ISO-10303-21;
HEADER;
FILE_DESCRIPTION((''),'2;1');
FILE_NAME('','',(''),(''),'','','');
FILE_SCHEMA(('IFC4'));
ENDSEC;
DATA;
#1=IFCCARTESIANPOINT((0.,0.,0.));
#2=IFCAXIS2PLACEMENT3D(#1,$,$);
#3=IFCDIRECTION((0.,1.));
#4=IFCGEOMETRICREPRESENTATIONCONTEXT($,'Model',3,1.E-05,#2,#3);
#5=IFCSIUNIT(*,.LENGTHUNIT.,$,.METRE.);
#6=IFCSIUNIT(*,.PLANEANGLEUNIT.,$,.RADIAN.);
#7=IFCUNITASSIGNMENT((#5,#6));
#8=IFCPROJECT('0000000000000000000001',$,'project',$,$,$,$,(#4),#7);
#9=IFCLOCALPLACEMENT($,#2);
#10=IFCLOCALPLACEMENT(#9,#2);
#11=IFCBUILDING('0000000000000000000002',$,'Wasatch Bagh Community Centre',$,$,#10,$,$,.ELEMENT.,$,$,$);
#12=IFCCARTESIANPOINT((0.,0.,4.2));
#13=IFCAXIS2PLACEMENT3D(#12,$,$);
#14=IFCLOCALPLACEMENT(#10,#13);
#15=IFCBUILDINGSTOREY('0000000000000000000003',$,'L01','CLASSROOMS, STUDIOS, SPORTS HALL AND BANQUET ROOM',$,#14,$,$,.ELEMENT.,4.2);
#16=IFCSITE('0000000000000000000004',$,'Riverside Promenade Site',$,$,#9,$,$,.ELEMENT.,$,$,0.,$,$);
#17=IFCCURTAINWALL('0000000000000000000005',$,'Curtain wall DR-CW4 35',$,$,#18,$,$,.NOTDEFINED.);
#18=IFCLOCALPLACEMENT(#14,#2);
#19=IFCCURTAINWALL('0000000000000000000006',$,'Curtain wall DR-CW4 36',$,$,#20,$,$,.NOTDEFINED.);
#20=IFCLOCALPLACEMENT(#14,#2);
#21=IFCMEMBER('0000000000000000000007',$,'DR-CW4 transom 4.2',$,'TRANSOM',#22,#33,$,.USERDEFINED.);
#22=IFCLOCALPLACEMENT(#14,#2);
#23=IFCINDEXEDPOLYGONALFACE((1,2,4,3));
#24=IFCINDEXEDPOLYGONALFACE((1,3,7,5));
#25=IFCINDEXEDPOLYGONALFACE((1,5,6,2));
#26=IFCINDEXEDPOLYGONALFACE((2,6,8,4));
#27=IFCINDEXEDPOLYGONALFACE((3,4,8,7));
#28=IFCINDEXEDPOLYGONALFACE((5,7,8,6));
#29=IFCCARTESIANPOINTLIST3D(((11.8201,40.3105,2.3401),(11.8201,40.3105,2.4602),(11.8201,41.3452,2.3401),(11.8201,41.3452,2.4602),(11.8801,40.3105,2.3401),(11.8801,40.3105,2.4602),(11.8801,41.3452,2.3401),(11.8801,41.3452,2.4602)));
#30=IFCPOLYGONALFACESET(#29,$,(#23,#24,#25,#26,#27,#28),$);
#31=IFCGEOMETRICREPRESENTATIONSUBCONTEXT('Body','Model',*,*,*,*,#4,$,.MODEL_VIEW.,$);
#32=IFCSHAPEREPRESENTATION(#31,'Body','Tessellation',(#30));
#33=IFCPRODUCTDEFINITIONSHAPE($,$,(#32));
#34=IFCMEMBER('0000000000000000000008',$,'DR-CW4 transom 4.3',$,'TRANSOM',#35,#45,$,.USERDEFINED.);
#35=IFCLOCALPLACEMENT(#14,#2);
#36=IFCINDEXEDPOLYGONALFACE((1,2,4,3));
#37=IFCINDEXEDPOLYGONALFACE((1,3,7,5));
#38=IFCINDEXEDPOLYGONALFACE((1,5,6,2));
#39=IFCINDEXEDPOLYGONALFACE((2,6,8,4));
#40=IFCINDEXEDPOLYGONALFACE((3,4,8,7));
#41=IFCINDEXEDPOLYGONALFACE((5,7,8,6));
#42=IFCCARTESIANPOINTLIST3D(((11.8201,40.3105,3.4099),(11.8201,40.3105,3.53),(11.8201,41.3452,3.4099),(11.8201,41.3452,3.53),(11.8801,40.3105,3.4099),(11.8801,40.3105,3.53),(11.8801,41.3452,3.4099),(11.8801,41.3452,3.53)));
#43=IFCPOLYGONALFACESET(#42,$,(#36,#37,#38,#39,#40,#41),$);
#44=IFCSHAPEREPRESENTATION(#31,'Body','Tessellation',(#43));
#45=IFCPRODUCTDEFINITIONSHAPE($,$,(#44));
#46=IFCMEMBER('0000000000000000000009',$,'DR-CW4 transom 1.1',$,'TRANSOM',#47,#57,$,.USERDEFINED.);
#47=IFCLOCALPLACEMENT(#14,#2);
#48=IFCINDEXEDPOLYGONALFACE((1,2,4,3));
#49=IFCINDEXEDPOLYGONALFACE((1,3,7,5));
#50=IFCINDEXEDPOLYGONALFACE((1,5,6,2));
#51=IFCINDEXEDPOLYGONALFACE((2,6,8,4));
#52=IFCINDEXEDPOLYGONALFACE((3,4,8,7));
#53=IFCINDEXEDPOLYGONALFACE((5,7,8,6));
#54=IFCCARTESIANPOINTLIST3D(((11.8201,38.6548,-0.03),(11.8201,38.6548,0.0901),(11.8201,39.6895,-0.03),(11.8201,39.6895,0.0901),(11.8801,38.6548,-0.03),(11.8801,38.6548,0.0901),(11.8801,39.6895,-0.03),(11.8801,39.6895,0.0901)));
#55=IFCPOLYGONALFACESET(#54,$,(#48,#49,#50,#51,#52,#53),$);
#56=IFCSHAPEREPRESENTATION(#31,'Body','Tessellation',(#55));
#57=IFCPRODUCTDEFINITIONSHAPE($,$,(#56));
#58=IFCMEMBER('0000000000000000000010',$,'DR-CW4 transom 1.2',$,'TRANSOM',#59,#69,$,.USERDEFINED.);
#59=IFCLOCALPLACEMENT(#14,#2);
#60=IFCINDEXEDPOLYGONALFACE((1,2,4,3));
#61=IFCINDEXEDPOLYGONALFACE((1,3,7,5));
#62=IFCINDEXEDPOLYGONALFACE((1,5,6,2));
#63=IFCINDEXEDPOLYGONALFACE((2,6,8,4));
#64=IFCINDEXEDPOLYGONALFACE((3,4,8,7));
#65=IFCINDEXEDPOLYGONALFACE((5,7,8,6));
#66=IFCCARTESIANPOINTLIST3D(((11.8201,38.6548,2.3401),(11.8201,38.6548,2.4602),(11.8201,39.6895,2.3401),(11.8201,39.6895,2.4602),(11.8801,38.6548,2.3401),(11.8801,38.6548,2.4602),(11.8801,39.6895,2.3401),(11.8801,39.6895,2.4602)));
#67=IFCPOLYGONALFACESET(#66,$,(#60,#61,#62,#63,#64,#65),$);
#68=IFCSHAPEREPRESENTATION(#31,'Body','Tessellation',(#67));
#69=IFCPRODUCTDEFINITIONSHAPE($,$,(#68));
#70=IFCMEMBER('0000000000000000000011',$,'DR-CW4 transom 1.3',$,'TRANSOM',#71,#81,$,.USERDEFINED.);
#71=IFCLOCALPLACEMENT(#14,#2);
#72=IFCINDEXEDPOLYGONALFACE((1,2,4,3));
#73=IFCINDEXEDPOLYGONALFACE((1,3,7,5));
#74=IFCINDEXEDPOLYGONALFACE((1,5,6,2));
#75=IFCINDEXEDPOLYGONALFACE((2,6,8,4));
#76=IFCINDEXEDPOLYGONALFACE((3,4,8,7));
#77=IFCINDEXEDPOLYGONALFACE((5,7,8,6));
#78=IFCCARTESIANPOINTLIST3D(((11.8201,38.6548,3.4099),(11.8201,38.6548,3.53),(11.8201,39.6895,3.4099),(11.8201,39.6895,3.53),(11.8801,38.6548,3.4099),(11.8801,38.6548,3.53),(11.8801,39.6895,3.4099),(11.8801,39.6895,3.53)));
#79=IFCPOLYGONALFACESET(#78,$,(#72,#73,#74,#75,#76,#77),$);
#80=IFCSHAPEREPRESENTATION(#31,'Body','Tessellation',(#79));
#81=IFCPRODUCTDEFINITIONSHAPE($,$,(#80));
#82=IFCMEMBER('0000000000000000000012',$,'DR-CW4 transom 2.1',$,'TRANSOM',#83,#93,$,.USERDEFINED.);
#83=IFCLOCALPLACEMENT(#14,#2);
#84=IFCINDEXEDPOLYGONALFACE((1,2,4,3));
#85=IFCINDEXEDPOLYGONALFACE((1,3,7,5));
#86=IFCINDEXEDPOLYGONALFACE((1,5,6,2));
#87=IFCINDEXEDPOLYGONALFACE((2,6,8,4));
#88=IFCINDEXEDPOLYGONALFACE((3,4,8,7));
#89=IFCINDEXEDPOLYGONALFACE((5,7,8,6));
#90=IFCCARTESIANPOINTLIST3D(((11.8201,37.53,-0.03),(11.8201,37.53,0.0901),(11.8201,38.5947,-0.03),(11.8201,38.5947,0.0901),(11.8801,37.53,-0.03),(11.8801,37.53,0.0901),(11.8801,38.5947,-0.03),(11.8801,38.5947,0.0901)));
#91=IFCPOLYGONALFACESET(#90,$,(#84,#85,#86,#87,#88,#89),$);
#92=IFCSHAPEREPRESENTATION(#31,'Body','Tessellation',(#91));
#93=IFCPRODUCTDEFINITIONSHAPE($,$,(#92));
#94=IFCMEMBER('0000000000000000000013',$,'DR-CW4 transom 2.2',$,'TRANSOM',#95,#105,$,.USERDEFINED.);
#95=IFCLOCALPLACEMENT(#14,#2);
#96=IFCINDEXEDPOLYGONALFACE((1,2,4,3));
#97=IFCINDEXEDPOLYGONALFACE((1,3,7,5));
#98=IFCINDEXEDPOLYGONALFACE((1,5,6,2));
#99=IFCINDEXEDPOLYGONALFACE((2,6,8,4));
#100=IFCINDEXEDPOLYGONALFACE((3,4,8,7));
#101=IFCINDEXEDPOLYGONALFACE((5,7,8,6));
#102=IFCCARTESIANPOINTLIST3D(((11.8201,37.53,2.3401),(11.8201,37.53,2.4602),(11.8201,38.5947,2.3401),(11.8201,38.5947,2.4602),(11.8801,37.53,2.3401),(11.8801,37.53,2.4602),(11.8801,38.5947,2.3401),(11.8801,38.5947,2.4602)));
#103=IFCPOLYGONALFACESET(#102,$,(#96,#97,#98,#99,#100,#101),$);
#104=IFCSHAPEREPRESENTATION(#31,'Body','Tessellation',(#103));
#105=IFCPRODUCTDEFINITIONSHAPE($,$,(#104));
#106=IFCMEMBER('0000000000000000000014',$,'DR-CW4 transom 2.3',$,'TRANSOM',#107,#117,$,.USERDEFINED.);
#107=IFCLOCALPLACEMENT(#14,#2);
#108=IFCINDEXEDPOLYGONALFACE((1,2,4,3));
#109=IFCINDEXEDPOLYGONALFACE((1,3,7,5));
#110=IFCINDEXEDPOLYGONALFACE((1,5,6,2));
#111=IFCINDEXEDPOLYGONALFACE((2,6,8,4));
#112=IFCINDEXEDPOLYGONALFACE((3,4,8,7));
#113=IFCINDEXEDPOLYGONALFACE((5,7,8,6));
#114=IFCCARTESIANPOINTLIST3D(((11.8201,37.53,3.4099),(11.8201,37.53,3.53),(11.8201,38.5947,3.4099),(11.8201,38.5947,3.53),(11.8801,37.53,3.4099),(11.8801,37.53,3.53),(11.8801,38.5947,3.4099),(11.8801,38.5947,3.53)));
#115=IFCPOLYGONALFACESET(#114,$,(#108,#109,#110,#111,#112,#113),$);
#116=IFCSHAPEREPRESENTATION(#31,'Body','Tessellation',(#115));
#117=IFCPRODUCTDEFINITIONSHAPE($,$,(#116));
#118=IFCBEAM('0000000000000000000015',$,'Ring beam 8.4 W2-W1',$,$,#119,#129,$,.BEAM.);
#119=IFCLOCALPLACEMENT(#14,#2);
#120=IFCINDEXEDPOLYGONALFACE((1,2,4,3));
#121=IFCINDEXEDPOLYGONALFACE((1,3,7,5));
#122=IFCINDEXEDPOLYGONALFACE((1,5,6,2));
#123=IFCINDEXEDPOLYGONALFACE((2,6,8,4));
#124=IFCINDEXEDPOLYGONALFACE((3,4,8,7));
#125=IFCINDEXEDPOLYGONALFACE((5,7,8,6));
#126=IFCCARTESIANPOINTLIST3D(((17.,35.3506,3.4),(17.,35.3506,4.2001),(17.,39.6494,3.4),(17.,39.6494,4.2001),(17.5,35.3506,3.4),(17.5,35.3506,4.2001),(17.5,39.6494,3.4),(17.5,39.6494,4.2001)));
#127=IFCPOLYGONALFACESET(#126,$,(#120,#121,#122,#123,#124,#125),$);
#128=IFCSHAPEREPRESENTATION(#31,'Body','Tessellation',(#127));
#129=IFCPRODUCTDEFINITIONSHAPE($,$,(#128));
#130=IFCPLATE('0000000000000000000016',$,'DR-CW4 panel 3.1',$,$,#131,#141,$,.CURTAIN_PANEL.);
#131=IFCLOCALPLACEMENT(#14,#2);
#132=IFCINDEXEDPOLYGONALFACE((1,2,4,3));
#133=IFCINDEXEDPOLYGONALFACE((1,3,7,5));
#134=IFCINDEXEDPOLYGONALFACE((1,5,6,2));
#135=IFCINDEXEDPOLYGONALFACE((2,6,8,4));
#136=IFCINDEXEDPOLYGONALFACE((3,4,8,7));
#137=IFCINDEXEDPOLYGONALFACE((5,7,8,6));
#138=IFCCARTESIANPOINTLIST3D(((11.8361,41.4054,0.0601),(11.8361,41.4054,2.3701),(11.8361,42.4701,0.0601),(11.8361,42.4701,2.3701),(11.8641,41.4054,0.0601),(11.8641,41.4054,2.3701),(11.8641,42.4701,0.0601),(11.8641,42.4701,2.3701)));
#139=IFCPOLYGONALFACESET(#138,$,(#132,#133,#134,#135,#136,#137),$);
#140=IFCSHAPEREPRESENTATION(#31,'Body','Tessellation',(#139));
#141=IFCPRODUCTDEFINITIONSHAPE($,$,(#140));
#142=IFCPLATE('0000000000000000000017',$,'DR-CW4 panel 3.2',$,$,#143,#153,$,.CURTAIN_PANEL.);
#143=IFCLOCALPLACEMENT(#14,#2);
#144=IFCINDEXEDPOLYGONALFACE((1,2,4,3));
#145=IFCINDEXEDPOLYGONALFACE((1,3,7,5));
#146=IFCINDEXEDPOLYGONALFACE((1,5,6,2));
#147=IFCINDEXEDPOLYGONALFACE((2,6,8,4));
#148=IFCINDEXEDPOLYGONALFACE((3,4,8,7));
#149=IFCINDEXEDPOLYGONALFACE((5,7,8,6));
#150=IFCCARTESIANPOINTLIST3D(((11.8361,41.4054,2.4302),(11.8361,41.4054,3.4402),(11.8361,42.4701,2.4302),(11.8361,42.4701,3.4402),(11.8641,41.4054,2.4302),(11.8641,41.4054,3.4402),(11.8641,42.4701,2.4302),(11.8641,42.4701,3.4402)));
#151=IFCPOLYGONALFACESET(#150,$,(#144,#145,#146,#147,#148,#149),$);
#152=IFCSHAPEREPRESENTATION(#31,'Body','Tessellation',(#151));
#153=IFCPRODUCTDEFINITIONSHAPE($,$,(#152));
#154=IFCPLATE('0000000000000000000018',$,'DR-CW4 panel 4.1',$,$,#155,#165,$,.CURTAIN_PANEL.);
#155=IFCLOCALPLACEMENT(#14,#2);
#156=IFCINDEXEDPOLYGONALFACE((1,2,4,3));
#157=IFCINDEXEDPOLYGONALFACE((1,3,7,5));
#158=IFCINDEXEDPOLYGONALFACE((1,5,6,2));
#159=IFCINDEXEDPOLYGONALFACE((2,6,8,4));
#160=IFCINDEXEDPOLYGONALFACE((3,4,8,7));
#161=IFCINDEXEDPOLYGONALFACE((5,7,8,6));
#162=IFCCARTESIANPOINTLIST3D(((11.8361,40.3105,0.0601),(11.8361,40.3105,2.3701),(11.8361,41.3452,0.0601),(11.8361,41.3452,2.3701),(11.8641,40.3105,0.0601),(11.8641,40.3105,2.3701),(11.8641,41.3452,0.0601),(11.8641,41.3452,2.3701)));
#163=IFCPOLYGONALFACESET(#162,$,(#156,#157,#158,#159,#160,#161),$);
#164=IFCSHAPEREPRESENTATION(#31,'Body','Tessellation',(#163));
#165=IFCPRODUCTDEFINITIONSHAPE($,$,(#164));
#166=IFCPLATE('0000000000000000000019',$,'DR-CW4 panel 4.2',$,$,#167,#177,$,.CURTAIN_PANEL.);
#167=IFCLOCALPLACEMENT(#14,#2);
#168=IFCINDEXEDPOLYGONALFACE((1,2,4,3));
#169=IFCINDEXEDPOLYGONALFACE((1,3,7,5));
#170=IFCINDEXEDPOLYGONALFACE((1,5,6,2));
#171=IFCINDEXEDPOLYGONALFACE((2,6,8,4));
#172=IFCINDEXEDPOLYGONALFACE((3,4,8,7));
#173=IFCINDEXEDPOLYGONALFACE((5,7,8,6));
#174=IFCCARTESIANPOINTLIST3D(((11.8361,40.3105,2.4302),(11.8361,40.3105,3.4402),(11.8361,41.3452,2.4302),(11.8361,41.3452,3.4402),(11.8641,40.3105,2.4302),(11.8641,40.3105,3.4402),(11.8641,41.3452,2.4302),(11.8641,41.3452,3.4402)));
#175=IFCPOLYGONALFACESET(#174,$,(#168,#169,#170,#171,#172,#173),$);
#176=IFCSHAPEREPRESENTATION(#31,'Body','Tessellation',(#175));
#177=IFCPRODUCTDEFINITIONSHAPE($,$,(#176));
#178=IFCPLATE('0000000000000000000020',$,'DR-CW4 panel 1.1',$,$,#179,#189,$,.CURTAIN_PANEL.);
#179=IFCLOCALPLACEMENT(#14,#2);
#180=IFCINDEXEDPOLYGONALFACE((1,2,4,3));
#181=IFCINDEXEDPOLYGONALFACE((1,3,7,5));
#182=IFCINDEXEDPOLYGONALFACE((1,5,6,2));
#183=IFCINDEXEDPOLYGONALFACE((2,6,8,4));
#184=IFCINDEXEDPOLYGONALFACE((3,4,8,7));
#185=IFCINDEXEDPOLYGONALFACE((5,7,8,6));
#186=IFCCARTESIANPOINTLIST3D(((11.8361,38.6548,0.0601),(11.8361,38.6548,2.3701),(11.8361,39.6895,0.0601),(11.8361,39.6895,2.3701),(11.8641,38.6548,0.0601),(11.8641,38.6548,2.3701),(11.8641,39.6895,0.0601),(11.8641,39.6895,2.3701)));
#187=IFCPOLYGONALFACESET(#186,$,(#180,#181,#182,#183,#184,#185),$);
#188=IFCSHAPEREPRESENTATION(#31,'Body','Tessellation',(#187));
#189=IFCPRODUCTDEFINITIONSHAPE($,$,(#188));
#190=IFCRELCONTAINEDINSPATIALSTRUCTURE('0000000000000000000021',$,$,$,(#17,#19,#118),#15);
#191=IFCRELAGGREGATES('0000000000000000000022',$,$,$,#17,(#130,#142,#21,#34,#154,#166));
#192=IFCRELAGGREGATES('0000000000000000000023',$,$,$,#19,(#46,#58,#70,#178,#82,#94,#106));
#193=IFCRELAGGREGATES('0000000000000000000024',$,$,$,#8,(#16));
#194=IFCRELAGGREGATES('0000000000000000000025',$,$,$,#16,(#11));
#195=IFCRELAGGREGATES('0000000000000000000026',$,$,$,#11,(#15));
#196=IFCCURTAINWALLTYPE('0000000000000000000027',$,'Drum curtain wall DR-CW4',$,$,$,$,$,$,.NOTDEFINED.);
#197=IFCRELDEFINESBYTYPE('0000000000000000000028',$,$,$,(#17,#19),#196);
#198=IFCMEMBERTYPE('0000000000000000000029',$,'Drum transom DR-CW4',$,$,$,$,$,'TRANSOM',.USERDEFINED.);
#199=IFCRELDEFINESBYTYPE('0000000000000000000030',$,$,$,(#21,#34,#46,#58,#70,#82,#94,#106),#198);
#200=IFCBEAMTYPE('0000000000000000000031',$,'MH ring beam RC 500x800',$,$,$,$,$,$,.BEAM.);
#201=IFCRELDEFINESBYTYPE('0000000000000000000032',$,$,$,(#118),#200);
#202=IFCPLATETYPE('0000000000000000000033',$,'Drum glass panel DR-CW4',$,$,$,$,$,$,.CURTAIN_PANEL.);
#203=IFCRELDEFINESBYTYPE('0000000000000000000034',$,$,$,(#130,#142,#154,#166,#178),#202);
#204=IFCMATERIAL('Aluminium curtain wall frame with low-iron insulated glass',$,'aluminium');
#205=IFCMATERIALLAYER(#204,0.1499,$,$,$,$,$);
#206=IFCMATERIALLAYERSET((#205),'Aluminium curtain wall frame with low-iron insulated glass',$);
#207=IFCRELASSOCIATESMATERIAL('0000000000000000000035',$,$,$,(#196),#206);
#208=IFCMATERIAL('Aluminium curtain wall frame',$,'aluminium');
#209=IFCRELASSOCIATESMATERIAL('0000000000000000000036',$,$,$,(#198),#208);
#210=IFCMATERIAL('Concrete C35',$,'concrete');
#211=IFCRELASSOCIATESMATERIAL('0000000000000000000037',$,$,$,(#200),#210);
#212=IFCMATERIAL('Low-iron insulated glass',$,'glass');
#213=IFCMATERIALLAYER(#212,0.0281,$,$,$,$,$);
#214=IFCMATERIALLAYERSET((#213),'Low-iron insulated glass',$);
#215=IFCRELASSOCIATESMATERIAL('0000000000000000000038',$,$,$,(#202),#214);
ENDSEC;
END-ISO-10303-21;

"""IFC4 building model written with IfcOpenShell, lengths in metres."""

from ifc_helpers import new_model, si_unit, direction, frame, origin, origin_2d, place, context, subcontext, project, spatial, rectangle, extrude, material, layer, layer_set, material_profile, profile_set, type_object, element, aggregate, save


model = new_model("IFC4")

# Units and contexts
model_context = context("Model", 3, precision=1e-05, world=origin(), true_north=direction((0.0, 1.0)))
body_context = subcontext(model_context, "Body", "Model", "MODEL_VIEW")
ifc_project = project(units=[si_unit("LENGTHUNIT", "METRE"), si_unit("PLANEANGLEUNIT", "RADIAN")], contexts=[model_context])

# Site, building, storey
site_placement = place(None, origin())
site = spatial("IfcSite", under=ifc_project, at=site_placement, Name="Riverside Promenade Site", CompositionType="ELEMENT", RefElevation=0.0)
building_placement = place(site_placement, origin())
building = spatial("IfcBuilding", under=site, at=building_placement, Name="Wasatch Bagh Community Centre", CompositionType="ELEMENT")
storey_placement = place(building_placement, frame((0.0, 0.0, 4.2)))
storey = spatial("IfcBuildingStorey", under=building, at=storey_placement, Name="L01", Description="CLASSROOMS, STUDIOS, SPORTS HALL AND BANQUET ROOM", CompositionType="ELEMENT", Elevation=4.2)

# Curtain walls
ifc_material_1 = material(Name="Aluminium curtain wall frame with low-iron insulated glass", Category="aluminium")
ifc_layer_1 = layer(ifc_material_1, 0.1499)
ifc_layer_set_1 = layer_set([ifc_layer_1], Name="Aluminium curtain wall frame with low-iron insulated glass")
curtain_wall_type = type_object("IfcCurtainWallType", Name="Drum curtain wall DR-CW4", PredefinedType="NOTDEFINED", material=ifc_layer_set_1)
curtain_wall_1_placement = place(storey_placement, origin())
curtain_wall_1 = element("IfcCurtainWall", 1, at=curtain_wall_1_placement, inside=storey, type_object=curtain_wall_type, Name="Curtain wall DR-CW4 35", PredefinedType="NOTDEFINED")
ifc_material_2 = material(Name="Aluminium curtain wall frame", Category="aluminium")
curtain_wall_2_placement = place(storey_placement, origin())
curtain_wall_2 = element("IfcCurtainWall", 2, at=curtain_wall_2_placement, inside=storey, type_object=curtain_wall_type, Name="Curtain wall DR-CW4 36", PredefinedType="NOTDEFINED")

# Shared definitions
ifc_material_3 = material(Name="Concrete C35", Category="concrete")

# Members
ifc_material_profile_1 = material_profile(ifc_material_2, rectangle(XDim=0.0601, YDim=0.1201, at=origin_2d()), Name="Drum transom DR-CW4")
ifc_profile_set_1 = profile_set([ifc_material_profile_1], Name="Aluminium curtain wall frame")
member_type_1 = type_object("IfcMemberType", Name="Drum transom DR-CW4", ElementType="TRANSOM", PredefinedType="USERDEFINED", material=ifc_profile_set_1)
member_1_placement = place(storey_placement, frame((11.8501, 41.3452, 2.4001), z_axis=(0.0, -1.0, 0.0), x_axis=(1.0, 0.0, 0.0)))
member_1 = element("IfcMember", 3, at=member_1_placement, type_object=member_type_1, Name="DR-CW4 transom 4.2", ObjectType="TRANSOM", PredefinedType="USERDEFINED", context=body_context, shape_type="SweptSolid", body=[
    extrude(rectangle(XDim=0.0601, YDim=0.1201, at=origin_2d()), origin(), (0.0, 0.0, 1.0), 1.0347),
])
member_2_placement = place(storey_placement, frame((11.8501, 41.3452, 3.47), z_axis=(0.0, -1.0, 0.0), x_axis=(1.0, 0.0, 0.0)))
member_2 = element("IfcMember", 4, at=member_2_placement, type_object=member_type_1, Name="DR-CW4 transom 4.3", ObjectType="TRANSOM", PredefinedType="USERDEFINED", context=body_context, shape_type="SweptSolid", body=[
    extrude(rectangle(XDim=0.0601, YDim=0.1201, at=origin_2d()), origin(), (0.0, 0.0, 1.0), 1.0347),
])
member_3_placement = place(storey_placement, frame((11.8501, 39.6895, 0.03), z_axis=(0.0, -1.0, 0.0), x_axis=(1.0, 0.0, 0.0)))
member_3 = element("IfcMember", 5, at=member_3_placement, type_object=member_type_1, Name="DR-CW4 transom 1.1", ObjectType="TRANSOM", PredefinedType="USERDEFINED", context=body_context, shape_type="SweptSolid", body=[
    extrude(rectangle(XDim=0.0601, YDim=0.1201, at=origin_2d()), origin(), (0.0, 0.0, 1.0), 1.0347),
])
member_4_placement = place(storey_placement, frame((11.8501, 39.6895, 2.4001), z_axis=(0.0, -1.0, 0.0), x_axis=(1.0, 0.0, 0.0)))
member_4 = element("IfcMember", 6, at=member_4_placement, type_object=member_type_1, Name="DR-CW4 transom 1.2", ObjectType="TRANSOM", PredefinedType="USERDEFINED", context=body_context, shape_type="SweptSolid", body=[
    extrude(rectangle(XDim=0.0601, YDim=0.1201, at=origin_2d()), origin(), (0.0, 0.0, 1.0), 1.0347),
])
member_5_placement = place(storey_placement, frame((11.8501, 39.6895, 3.47), z_axis=(0.0, -1.0, 0.0), x_axis=(1.0, 0.0, 0.0)))
member_5 = element("IfcMember", 7, at=member_5_placement, type_object=member_type_1, Name="DR-CW4 transom 1.3", ObjectType="TRANSOM", PredefinedType="USERDEFINED", context=body_context, shape_type="SweptSolid", body=[
    extrude(rectangle(XDim=0.0601, YDim=0.1201, at=origin_2d()), origin(), (0.0, 0.0, 1.0), 1.0347),
])
member_6_placement = place(storey_placement, frame((11.8501, 38.5947, 0.03), z_axis=(0.0, -1.0, 0.0), x_axis=(1.0, 0.0, 0.0)))
member_6 = element("IfcMember", 8, at=member_6_placement, type_object=member_type_1, Name="DR-CW4 transom 2.1", ObjectType="TRANSOM", PredefinedType="USERDEFINED", context=body_context, shape_type="SweptSolid", body=[
    extrude(rectangle(XDim=0.0601, YDim=0.1201, at=origin_2d()), origin(), (0.0, 0.0, 1.0), 1.0647),
])
member_7_placement = place(storey_placement, frame((11.8501, 38.5947, 2.4001), z_axis=(0.0, -1.0, 0.0), x_axis=(1.0, 0.0, 0.0)))
member_7 = element("IfcMember", 9, at=member_7_placement, type_object=member_type_1, Name="DR-CW4 transom 2.2", ObjectType="TRANSOM", PredefinedType="USERDEFINED", context=body_context, shape_type="SweptSolid", body=[
    extrude(rectangle(XDim=0.0601, YDim=0.1201, at=origin_2d()), origin(), (0.0, 0.0, 1.0), 1.0647),
])
member_8_placement = place(storey_placement, frame((11.8501, 38.5947, 3.47), z_axis=(0.0, -1.0, 0.0), x_axis=(1.0, 0.0, 0.0)))
member_8 = element("IfcMember", 10, at=member_8_placement, type_object=member_type_1, Name="DR-CW4 transom 2.3", ObjectType="TRANSOM", PredefinedType="USERDEFINED", context=body_context, shape_type="SweptSolid", body=[
    extrude(rectangle(XDim=0.0601, YDim=0.1201, at=origin_2d()), origin(), (0.0, 0.0, 1.0), 1.0647),
])

# Beam
ifc_material_profile_2 = material_profile(ifc_material_3, rectangle(XDim=0.5, YDim=0.8, at=origin_2d()), Name="RC 500x800")
ifc_profile_set_2 = profile_set([ifc_material_profile_2], Name="Concrete C35")
beam_type_1 = type_object("IfcBeamType", Name="MH ring beam RC 500x800", PredefinedType="BEAM", material=ifc_profile_set_2)
beam_placement = place(storey_placement, frame((17.25, 39.6494, 3.8), z_axis=(0.0, -1.0, 0.0), x_axis=(1.0, 0.0, 0.0)))
element("IfcBeam", 11, at=beam_placement, inside=storey, type_object=beam_type_1, Name="Ring beam 8.4 W2-W1", PredefinedType="BEAM", context=body_context, shape_type="SweptSolid", body=[
    extrude(rectangle(XDim=0.5, YDim=0.8, at=origin_2d()), origin(), (0.0, 0.0, 1.0), 4.2988),
])

# Plates
ifc_material_4 = material(Name="Low-iron insulated glass", Category="glass")
ifc_layer_2 = layer(ifc_material_4, 0.0281)
ifc_layer_set_2 = layer_set([ifc_layer_2], Name="Low-iron insulated glass")
plate_type = type_object("IfcPlateType", Name="Drum glass panel DR-CW4", PredefinedType="CURTAIN_PANEL", material=ifc_layer_set_2)
plate_1_placement = place(storey_placement, frame((11.8501, 41.9377, 0.0601), z_axis=(0.0, 0.0, 1.0), x_axis=(0.0, -1.0, 0.0)))
plate_1 = element("IfcPlate", 12, at=plate_1_placement, type_object=plate_type, Name="DR-CW4 panel 3.1", PredefinedType="CURTAIN_PANEL", context=body_context, shape_type="SweptSolid", body=[
    extrude(rectangle(XDim=1.0647, YDim=0.0281, at=origin_2d()), origin(), (0.0, 0.0, 1.0), 2.3101),
])
plate_2_placement = place(storey_placement, frame((11.8501, 41.9377, 2.4302), z_axis=(0.0, 0.0, 1.0), x_axis=(0.0, -1.0, 0.0)))
plate_2 = element("IfcPlate", 13, at=plate_2_placement, type_object=plate_type, Name="DR-CW4 panel 3.2", PredefinedType="CURTAIN_PANEL", context=body_context, shape_type="SweptSolid", body=[
    extrude(rectangle(XDim=1.0647, YDim=0.0281, at=origin_2d()), origin(), (0.0, 0.0, 1.0), 1.01),
])
plate_3_placement = place(storey_placement, frame((11.8501, 40.8279, 0.0601), z_axis=(0.0, 0.0, 1.0), x_axis=(0.0, -1.0, 0.0)))
plate_3 = element("IfcPlate", 14, at=plate_3_placement, type_object=plate_type, Name="DR-CW4 panel 4.1", PredefinedType="CURTAIN_PANEL", context=body_context, shape_type="SweptSolid", body=[
    extrude(rectangle(XDim=1.0347, YDim=0.0281, at=origin_2d()), origin(), (0.0, 0.0, 1.0), 2.3101),
])
plate_4_placement = place(storey_placement, frame((11.8501, 40.8279, 2.4302), z_axis=(0.0, 0.0, 1.0), x_axis=(0.0, -1.0, 0.0)))
plate_4 = element("IfcPlate", 15, at=plate_4_placement, type_object=plate_type, Name="DR-CW4 panel 4.2", PredefinedType="CURTAIN_PANEL", context=body_context, shape_type="SweptSolid", body=[
    extrude(rectangle(XDim=1.0347, YDim=0.0281, at=origin_2d()), origin(), (0.0, 0.0, 1.0), 1.01),
])
aggregate(curtain_wall_1, [plate_1, plate_2, member_1, member_2, plate_3, plate_4])
plate_5_placement = place(storey_placement, frame((11.8501, 39.1721, 0.0601), z_axis=(0.0, 0.0, 1.0), x_axis=(0.0, -1.0, 0.0)))
plate_5 = element("IfcPlate", 16, at=plate_5_placement, type_object=plate_type, Name="DR-CW4 panel 1.1", PredefinedType="CURTAIN_PANEL", context=body_context, shape_type="SweptSolid", body=[
    extrude(rectangle(XDim=1.0347, YDim=0.0281, at=origin_2d()), origin(), (0.0, 0.0, 1.0), 2.3101),
])
aggregate(curtain_wall_2, [member_3, member_4, member_5, plate_5, member_6, member_7, member_8])

save(model, "model.ifc")
